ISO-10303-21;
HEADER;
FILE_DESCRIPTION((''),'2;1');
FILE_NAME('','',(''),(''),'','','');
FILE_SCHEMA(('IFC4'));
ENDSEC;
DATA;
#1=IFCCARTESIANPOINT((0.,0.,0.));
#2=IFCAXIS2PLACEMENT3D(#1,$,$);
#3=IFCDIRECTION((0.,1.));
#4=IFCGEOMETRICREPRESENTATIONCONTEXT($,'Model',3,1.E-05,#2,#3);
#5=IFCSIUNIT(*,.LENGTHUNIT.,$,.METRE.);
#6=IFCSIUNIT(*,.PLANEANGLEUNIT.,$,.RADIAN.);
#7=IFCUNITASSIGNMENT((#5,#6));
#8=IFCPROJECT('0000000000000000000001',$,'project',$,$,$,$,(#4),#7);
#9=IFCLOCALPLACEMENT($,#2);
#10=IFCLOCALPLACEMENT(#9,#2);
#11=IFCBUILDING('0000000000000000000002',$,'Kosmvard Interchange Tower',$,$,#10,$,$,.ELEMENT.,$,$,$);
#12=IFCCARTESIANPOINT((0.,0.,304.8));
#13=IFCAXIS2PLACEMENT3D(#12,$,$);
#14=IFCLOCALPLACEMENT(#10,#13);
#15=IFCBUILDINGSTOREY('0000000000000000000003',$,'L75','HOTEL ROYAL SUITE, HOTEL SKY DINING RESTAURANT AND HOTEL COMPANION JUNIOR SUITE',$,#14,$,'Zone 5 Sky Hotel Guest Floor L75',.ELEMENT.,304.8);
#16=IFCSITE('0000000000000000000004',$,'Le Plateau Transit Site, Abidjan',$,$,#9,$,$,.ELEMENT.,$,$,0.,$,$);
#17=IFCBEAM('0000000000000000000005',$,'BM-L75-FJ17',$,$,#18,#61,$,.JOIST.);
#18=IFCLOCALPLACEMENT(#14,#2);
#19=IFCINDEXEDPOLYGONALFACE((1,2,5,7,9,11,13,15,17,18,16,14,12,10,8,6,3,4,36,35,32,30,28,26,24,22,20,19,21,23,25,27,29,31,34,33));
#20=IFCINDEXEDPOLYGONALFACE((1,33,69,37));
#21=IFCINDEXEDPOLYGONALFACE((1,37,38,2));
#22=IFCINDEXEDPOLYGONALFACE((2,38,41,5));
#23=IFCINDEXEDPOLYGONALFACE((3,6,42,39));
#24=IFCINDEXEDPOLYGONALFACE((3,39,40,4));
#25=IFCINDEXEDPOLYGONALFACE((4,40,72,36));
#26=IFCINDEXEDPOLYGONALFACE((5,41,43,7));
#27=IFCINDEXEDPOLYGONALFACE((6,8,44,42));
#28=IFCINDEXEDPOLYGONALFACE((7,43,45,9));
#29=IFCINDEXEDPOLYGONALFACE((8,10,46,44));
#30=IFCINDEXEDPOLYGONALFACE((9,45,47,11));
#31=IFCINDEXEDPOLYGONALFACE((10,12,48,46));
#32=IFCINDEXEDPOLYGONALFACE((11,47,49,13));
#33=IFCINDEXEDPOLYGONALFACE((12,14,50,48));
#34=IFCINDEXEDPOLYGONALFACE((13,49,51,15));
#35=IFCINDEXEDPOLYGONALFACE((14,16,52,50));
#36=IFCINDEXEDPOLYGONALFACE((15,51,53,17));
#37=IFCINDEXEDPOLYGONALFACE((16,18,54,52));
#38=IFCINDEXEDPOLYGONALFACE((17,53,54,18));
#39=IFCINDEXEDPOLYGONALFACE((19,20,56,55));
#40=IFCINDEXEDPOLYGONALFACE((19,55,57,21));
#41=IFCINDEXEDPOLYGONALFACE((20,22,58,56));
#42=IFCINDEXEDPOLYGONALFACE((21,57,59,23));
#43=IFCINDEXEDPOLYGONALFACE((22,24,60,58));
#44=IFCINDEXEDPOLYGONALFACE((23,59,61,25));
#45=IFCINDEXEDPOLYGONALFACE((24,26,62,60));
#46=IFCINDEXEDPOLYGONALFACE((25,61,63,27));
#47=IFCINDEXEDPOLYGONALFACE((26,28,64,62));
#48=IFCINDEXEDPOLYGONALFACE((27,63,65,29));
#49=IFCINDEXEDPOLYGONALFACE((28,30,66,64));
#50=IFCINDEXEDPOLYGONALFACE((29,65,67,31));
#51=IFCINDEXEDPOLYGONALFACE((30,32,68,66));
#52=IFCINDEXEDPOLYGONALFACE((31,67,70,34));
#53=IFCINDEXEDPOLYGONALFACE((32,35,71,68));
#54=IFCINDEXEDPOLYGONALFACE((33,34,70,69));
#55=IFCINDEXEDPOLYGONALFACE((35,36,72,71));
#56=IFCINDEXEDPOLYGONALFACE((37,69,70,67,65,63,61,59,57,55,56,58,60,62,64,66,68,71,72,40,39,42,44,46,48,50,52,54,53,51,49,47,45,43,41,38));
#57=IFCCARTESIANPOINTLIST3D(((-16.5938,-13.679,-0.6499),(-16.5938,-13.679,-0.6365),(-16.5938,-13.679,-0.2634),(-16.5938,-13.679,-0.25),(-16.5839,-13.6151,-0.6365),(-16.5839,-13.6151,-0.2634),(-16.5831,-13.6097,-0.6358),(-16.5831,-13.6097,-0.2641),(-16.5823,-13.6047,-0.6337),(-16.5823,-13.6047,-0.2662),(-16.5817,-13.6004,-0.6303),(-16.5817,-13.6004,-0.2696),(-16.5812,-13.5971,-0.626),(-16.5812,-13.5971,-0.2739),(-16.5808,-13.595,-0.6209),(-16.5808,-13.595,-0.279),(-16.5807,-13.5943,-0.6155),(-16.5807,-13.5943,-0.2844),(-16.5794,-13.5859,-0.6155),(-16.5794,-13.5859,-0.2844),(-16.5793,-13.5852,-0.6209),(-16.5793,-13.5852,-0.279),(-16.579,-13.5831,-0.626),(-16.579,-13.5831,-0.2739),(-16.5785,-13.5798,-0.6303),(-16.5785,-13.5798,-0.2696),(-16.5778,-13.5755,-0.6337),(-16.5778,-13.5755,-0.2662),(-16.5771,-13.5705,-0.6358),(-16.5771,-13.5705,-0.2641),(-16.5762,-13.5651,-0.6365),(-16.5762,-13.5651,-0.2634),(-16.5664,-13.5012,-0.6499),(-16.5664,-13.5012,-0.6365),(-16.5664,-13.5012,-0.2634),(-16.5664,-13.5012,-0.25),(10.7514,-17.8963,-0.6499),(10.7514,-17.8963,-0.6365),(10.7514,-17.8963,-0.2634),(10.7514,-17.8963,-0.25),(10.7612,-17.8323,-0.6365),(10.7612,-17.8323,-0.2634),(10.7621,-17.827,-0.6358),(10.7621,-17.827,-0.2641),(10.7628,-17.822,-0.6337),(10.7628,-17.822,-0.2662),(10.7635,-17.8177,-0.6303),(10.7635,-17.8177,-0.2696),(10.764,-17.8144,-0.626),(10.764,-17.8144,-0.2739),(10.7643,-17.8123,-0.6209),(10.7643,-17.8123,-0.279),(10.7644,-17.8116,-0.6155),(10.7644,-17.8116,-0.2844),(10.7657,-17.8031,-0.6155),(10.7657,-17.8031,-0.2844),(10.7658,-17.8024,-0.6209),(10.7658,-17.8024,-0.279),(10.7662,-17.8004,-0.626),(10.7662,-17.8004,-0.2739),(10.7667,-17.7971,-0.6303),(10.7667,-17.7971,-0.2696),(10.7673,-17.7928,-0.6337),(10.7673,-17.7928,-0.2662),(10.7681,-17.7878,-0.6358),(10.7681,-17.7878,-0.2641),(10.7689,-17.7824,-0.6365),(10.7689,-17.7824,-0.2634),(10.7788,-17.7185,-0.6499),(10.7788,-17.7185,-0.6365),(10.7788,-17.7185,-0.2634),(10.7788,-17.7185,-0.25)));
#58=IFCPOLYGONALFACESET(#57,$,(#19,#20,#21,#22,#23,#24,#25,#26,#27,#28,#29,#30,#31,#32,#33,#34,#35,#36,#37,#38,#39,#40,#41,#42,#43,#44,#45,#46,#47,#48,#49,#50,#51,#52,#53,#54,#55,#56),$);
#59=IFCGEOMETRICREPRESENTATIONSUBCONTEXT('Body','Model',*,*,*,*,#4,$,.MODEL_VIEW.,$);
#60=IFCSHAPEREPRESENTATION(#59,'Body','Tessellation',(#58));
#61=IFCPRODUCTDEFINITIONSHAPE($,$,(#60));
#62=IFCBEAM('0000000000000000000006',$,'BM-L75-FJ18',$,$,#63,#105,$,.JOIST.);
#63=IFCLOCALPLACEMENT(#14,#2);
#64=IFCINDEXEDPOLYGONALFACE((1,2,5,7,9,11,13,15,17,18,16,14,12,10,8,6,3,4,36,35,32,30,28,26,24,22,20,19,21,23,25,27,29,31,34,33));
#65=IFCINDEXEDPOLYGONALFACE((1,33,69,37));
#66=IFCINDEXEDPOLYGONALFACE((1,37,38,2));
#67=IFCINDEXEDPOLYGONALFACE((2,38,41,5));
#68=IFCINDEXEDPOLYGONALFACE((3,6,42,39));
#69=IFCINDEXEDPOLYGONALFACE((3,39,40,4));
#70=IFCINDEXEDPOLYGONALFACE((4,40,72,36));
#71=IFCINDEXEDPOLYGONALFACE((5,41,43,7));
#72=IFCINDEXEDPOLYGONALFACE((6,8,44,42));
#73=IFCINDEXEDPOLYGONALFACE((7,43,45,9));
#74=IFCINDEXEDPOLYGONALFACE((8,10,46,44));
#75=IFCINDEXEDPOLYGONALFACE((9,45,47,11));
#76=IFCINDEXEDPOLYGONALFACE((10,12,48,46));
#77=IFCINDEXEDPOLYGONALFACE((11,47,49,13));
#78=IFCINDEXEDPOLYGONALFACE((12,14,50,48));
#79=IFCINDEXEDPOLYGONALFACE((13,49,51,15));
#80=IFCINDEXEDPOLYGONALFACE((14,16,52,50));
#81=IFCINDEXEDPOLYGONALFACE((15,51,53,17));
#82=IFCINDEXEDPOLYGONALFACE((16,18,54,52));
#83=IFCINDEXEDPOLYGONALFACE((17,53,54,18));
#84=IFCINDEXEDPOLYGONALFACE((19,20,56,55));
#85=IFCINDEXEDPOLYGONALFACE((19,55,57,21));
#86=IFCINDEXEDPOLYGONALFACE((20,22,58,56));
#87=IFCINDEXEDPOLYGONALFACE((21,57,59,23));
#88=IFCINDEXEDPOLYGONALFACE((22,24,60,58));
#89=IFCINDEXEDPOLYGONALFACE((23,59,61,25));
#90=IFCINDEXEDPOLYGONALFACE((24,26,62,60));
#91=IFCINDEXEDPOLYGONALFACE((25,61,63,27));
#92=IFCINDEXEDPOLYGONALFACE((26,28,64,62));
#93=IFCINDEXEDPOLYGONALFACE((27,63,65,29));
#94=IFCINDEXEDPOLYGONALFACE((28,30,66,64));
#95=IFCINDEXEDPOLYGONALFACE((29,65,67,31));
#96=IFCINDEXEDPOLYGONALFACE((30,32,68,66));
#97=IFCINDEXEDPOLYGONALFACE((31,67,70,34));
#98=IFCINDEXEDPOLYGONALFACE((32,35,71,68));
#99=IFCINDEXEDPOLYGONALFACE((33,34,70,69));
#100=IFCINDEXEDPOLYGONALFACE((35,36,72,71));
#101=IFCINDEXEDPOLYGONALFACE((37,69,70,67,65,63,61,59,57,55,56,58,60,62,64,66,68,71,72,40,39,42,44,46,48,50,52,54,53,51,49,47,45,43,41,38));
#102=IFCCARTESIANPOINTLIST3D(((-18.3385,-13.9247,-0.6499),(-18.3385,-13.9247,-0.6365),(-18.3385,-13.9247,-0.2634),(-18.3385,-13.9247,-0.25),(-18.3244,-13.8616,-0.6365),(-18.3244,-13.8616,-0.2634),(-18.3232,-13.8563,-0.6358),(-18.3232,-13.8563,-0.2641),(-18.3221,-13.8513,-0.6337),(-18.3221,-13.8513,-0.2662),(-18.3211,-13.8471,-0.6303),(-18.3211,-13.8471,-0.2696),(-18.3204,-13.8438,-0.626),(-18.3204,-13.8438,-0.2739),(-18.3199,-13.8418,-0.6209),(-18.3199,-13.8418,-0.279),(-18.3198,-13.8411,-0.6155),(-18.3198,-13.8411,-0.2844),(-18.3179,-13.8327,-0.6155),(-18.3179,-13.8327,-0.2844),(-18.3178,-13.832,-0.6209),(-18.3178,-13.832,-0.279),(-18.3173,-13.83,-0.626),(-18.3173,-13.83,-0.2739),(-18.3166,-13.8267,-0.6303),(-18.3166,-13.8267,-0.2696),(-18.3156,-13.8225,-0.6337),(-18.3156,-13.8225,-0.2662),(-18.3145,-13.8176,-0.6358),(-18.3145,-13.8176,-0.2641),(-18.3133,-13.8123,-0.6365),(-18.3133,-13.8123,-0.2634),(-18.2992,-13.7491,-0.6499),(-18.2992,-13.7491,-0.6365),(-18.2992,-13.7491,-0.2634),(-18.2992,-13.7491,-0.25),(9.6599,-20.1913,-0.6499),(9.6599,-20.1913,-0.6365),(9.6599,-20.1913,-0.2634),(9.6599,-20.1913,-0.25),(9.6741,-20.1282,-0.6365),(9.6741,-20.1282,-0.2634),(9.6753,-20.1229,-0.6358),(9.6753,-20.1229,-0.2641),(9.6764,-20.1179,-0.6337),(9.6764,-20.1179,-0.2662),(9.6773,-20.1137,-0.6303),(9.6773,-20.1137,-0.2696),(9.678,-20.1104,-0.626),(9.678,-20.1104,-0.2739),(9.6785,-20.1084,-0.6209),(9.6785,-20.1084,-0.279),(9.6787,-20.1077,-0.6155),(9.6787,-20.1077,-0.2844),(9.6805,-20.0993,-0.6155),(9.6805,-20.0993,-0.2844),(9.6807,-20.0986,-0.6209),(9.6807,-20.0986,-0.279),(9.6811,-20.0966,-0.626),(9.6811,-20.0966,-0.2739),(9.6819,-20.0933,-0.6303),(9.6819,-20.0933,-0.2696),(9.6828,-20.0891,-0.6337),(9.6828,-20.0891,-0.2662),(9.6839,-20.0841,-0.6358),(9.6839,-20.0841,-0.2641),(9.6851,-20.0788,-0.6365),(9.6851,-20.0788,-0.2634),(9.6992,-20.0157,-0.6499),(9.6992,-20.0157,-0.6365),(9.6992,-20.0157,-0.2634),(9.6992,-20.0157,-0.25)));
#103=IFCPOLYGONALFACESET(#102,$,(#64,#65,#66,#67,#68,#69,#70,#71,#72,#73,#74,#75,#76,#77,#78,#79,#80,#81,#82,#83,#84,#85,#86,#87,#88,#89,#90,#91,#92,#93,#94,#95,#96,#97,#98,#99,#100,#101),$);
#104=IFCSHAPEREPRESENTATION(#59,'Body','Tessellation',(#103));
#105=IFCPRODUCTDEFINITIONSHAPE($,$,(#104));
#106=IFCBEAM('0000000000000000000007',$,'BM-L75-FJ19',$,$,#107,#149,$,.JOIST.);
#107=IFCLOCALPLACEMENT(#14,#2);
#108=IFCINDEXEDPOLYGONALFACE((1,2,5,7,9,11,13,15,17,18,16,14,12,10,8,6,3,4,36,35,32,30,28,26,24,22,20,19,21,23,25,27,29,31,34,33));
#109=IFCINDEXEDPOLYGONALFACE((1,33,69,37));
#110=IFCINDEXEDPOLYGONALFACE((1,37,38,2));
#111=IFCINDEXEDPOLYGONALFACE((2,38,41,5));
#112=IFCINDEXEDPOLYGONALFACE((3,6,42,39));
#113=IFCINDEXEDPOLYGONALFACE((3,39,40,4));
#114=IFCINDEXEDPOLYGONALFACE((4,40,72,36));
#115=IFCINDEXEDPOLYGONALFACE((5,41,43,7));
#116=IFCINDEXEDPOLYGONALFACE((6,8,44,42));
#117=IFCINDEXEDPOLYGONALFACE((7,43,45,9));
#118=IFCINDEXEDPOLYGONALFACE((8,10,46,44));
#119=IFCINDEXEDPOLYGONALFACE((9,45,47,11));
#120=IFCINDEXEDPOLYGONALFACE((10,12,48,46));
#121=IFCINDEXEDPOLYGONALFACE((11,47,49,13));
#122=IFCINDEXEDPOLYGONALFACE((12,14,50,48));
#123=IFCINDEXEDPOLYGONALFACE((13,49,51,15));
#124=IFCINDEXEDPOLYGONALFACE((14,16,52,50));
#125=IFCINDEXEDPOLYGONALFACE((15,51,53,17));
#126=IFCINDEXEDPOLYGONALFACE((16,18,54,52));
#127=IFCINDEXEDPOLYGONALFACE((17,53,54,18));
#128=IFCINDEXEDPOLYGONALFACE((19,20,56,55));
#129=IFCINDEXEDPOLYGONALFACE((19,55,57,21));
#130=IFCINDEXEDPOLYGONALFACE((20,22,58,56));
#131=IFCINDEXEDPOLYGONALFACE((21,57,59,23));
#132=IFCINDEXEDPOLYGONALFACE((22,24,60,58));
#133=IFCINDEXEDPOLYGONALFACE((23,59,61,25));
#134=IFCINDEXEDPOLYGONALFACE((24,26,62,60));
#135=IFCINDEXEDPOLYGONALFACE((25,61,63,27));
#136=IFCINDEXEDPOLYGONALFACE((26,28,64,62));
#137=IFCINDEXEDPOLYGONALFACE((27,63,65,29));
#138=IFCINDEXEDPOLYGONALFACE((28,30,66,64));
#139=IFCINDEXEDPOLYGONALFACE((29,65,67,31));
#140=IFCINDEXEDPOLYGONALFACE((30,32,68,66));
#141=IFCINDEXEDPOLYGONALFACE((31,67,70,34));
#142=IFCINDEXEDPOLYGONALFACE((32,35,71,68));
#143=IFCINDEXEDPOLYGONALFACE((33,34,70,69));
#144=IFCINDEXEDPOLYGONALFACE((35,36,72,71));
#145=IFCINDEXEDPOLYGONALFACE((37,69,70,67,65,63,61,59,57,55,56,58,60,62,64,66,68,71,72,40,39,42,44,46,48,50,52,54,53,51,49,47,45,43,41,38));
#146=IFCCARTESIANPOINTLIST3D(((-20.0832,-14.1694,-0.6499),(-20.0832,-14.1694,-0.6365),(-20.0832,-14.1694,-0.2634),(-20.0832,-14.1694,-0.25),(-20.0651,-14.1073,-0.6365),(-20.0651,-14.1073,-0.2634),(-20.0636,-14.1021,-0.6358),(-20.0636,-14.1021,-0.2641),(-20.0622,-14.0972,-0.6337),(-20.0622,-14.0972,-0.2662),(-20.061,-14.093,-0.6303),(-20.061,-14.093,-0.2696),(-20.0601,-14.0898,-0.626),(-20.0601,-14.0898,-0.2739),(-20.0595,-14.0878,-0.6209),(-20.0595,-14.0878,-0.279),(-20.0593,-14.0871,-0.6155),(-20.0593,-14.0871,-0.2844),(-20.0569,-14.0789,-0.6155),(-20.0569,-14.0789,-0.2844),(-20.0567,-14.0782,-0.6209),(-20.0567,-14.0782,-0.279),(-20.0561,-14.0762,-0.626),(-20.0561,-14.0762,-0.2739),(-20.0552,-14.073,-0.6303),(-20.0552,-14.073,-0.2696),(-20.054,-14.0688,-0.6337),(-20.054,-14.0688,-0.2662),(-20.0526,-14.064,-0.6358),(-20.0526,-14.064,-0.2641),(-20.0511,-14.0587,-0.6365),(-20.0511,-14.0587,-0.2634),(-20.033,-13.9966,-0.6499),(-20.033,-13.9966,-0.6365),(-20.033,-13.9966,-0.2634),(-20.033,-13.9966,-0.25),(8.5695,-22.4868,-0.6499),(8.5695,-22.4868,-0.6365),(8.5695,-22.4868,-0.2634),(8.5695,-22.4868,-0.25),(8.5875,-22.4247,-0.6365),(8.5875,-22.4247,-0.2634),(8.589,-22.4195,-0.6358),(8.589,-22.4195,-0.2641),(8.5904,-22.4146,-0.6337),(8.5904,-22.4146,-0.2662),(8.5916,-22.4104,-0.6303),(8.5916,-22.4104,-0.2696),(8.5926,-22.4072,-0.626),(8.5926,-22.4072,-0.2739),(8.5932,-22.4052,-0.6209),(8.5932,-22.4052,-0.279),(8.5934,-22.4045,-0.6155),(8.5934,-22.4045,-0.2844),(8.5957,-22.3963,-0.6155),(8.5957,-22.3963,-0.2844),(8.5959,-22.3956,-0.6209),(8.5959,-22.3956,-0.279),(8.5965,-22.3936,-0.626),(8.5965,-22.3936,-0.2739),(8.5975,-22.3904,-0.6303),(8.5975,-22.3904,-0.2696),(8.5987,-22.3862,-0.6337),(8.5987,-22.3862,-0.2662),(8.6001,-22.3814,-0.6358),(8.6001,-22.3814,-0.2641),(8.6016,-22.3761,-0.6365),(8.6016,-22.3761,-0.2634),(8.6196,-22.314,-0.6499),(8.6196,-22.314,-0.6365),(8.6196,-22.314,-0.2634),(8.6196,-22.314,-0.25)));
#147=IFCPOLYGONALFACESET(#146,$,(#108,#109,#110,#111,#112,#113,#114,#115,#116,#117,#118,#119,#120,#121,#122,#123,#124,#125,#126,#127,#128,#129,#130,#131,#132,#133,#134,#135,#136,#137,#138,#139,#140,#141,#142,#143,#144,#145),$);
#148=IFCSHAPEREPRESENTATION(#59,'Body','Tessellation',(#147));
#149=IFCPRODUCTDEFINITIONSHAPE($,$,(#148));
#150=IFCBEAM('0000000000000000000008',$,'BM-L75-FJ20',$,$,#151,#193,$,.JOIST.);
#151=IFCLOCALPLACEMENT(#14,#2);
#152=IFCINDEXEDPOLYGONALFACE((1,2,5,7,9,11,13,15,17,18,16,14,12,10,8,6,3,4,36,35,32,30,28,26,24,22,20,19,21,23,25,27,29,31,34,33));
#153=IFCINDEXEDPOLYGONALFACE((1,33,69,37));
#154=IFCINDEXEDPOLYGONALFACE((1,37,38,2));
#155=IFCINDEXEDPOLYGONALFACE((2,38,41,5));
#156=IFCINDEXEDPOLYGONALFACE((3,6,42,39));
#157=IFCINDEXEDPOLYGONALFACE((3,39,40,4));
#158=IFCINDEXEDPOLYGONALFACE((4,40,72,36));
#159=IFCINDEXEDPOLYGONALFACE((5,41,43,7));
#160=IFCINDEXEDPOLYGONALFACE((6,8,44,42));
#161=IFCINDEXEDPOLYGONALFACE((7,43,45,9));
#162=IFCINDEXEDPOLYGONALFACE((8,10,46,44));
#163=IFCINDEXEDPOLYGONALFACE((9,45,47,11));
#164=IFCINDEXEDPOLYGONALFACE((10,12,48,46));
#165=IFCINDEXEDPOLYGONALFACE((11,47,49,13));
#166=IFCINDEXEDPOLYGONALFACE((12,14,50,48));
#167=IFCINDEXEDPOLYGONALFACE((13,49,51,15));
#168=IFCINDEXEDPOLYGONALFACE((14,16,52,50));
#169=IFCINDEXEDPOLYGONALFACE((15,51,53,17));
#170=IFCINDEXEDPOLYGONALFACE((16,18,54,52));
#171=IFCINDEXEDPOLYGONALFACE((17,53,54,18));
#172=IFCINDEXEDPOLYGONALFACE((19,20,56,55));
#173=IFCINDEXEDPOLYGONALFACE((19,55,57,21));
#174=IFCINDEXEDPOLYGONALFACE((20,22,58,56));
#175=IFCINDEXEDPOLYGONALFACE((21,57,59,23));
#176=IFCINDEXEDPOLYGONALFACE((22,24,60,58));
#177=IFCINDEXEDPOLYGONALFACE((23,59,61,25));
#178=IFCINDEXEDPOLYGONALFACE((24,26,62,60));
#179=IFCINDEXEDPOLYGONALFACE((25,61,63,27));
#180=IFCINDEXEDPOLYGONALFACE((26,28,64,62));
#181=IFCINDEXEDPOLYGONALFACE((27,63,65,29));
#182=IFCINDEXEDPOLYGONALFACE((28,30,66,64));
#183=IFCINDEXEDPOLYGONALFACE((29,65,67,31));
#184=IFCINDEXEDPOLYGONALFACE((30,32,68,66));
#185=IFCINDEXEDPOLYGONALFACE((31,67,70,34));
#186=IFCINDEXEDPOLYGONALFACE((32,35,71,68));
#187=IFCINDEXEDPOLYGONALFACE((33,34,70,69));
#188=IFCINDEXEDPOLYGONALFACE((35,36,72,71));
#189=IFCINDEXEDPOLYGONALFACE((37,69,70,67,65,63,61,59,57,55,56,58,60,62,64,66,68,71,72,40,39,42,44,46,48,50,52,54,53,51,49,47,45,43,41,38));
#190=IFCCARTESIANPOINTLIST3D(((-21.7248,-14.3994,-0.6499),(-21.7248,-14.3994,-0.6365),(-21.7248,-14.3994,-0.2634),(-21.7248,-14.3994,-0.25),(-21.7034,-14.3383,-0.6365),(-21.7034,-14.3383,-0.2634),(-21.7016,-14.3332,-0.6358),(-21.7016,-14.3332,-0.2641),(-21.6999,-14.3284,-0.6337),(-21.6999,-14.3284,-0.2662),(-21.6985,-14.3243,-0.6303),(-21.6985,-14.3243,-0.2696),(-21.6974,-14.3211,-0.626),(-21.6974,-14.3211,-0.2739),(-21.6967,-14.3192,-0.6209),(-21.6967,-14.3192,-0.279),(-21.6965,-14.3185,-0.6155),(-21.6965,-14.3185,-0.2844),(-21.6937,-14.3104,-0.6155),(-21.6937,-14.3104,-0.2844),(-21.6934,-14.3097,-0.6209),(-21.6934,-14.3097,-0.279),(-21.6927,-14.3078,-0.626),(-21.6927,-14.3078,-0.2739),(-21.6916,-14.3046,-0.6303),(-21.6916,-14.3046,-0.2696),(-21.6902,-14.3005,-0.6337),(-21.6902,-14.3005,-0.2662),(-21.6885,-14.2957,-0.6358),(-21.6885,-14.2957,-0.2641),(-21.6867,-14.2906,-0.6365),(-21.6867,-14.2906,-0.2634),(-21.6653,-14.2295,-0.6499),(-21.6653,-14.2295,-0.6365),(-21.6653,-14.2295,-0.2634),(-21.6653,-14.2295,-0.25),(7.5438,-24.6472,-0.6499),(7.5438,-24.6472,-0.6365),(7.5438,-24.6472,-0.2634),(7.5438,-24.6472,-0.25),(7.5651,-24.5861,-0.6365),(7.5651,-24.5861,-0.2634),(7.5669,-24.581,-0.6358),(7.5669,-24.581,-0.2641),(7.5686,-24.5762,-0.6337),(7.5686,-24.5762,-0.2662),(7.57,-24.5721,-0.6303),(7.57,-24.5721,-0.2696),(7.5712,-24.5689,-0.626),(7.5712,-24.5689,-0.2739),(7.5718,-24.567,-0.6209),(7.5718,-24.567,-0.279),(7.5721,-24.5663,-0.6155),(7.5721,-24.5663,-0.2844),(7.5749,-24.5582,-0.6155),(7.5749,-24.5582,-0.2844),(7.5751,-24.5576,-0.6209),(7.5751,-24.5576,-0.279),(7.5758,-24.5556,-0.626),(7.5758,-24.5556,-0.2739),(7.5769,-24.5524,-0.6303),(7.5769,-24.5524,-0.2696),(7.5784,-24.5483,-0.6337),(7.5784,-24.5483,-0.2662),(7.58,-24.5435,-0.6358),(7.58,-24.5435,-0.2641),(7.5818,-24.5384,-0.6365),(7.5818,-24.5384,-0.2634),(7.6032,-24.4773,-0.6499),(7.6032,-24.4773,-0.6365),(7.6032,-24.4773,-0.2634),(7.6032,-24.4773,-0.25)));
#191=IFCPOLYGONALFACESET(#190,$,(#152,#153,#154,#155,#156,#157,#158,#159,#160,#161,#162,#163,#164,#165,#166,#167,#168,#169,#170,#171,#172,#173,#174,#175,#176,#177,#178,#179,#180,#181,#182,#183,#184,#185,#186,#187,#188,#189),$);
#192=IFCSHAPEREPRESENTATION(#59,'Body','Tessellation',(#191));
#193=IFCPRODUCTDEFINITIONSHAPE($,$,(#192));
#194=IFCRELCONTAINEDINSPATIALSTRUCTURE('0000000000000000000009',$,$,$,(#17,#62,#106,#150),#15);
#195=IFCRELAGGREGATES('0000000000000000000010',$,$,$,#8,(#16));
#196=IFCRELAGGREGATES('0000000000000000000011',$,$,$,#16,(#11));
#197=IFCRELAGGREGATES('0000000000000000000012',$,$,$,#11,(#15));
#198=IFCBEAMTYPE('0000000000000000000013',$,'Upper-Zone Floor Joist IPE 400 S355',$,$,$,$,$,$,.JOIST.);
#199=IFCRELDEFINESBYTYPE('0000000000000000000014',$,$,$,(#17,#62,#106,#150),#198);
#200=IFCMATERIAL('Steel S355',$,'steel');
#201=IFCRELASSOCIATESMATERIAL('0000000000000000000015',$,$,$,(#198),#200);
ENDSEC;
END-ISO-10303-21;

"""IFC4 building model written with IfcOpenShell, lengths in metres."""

from ifc_helpers import new_model, si_unit, direction, frame, origin, origin_2d, place, context, subcontext, project, spatial, i_section, extrude, source, transform, mapped, material, material_profile, profile_set, type_object, element, save


model = new_model("IFC4")

# Units and contexts
model_context = context("Model", 3, precision=1e-05, world=origin(), true_north=direction((0.0, 1.0)))
body_context = subcontext(model_context, "Body", "Model", "MODEL_VIEW")
ifc_project = project(units=[si_unit("LENGTHUNIT", "METRE"), si_unit("PLANEANGLEUNIT", "RADIAN")], contexts=[model_context])

# Site, building, storey
site_placement = place(None, origin())
site = spatial("IfcSite", under=ifc_project, at=site_placement, Name="Le Plateau Transit Site, Abidjan", CompositionType="ELEMENT", RefElevation=0.0)
building_placement = place(site_placement, origin())
building = spatial("IfcBuilding", under=site, at=building_placement, Name="Kosmvard Interchange Tower", CompositionType="ELEMENT")
storey_placement = place(building_placement, frame((0.0, 0.0, 304.8)))
storey = spatial("IfcBuildingStorey", under=building, at=storey_placement, Name="L75", Description="HOTEL ROYAL SUITE, HOTEL SKY DINING RESTAURANT AND HOTEL COMPANION JUNIOR SUITE", LongName="Zone 5 Sky Hotel Guest Floor L75", CompositionType="ELEMENT", Elevation=304.8)

# Beams
ifc_material_1 = material(Name="Steel S355", Category="steel")
ifc_material_profile_1 = material_profile(ifc_material_1, i_section(OverallWidth=0.1799, OverallDepth=0.3999, WebThickness=0.0085, FlangeThickness=0.0134, FilletRadius=0.021, at=origin_2d()), Name="IPE 400")
ifc_profile_set_1 = profile_set([ifc_material_profile_1], Name="Steel S355")
beam_type_1 = type_object("IfcBeamType", Name="Upper-Zone Floor Joist IPE 400 S355", PredefinedType="JOIST", material=ifc_profile_set_1)
shared_shape_1 = source(origin(), body_context, "Body", "SweptSolid", [
    extrude(i_section(OverallWidth=0.1799, OverallDepth=0.3999, WebThickness=0.0085, FlangeThickness=0.0134, FilletRadius=0.021, at=origin_2d()), origin(), (0.0, 0.0, 1.0), 27.6685),
])
beam_1_placement = place(storey_placement, frame((-16.5801, -13.5901, -0.45), z_axis=(0.988316, -0.152422, 0.0), x_axis=(0.152422, 0.988316, 0.0)))
element("IfcBeam", 1, at=beam_1_placement, inside=storey, type_object=beam_type_1, Name="BM-L75-FJ17", PredefinedType="JOIST", context=body_context, shape_type="MappedRepresentation", body=[
    mapped(shared_shape_1, transform((0.0, 0.0, 0.0), scale=1.0)),
])
shared_shape_2 = source(origin(), body_context, "Body", "SweptSolid", [
    extrude(i_section(OverallWidth=0.1799, OverallDepth=0.3999, WebThickness=0.0085, FlangeThickness=0.0134, FilletRadius=0.021, at=origin_2d()), origin(), (0.0, 0.0, 1.0), 28.6912),
])
beam_2_placement = place(storey_placement, frame((-18.3188, -13.8369, -0.45), z_axis=(0.975856, -0.218415, 0.0), x_axis=(0.218415, 0.975856, 0.0)))
element("IfcBeam", 2, at=beam_2_placement, inside=storey, type_object=beam_type_1, Name="BM-L75-FJ18", PredefinedType="JOIST", context=body_context, shape_type="MappedRepresentation", body=[
    mapped(shared_shape_2, transform((0.0, 0.0, 0.0), scale=1.0)),
])
shared_shape_3 = source(origin(), body_context, "Body", "SweptSolid", [
    extrude(i_section(OverallWidth=0.1799, OverallDepth=0.3999, WebThickness=0.0085, FlangeThickness=0.0134, FilletRadius=0.021, at=origin_2d()), origin(), (0.0, 0.0, 1.0), 29.8354),
])
beam_3_placement = place(storey_placement, frame((-20.0581, -14.083, -0.45), z_axis=(0.960356, -0.278776, 0.0), x_axis=(0.278776, 0.960356, 0.0)))
element("IfcBeam", 3, at=beam_3_placement, inside=storey, type_object=beam_type_1, Name="BM-L75-FJ19", PredefinedType="JOIST", context=body_context, shape_type="MappedRepresentation", body=[
    mapped(shared_shape_3, transform((0.0, 0.0, 0.0), scale=1.0)),
])
shared_shape_4 = source(origin(), body_context, "Body", "SweptSolid", [
    extrude(i_section(OverallWidth=0.1799, OverallDepth=0.3999, WebThickness=0.0085, FlangeThickness=0.0134, FilletRadius=0.021, at=origin_2d()), origin(), (0.0, 0.0, 1.0), 31.0107),
])
beam_4_placement = place(storey_placement, frame((-21.6951, -14.3145, -0.45), z_axis=(0.94382, -0.33046, 0.0), x_axis=(0.33046, 0.94382, 0.0)))
element("IfcBeam", 4, at=beam_4_placement, inside=storey, type_object=beam_type_1, Name="BM-L75-FJ20", PredefinedType="JOIST", context=body_context, shape_type="MappedRepresentation", body=[
    mapped(shared_shape_4, transform((0.0, 0.0, 0.0), scale=1.0)),
])

save(model, "model.ifc")
